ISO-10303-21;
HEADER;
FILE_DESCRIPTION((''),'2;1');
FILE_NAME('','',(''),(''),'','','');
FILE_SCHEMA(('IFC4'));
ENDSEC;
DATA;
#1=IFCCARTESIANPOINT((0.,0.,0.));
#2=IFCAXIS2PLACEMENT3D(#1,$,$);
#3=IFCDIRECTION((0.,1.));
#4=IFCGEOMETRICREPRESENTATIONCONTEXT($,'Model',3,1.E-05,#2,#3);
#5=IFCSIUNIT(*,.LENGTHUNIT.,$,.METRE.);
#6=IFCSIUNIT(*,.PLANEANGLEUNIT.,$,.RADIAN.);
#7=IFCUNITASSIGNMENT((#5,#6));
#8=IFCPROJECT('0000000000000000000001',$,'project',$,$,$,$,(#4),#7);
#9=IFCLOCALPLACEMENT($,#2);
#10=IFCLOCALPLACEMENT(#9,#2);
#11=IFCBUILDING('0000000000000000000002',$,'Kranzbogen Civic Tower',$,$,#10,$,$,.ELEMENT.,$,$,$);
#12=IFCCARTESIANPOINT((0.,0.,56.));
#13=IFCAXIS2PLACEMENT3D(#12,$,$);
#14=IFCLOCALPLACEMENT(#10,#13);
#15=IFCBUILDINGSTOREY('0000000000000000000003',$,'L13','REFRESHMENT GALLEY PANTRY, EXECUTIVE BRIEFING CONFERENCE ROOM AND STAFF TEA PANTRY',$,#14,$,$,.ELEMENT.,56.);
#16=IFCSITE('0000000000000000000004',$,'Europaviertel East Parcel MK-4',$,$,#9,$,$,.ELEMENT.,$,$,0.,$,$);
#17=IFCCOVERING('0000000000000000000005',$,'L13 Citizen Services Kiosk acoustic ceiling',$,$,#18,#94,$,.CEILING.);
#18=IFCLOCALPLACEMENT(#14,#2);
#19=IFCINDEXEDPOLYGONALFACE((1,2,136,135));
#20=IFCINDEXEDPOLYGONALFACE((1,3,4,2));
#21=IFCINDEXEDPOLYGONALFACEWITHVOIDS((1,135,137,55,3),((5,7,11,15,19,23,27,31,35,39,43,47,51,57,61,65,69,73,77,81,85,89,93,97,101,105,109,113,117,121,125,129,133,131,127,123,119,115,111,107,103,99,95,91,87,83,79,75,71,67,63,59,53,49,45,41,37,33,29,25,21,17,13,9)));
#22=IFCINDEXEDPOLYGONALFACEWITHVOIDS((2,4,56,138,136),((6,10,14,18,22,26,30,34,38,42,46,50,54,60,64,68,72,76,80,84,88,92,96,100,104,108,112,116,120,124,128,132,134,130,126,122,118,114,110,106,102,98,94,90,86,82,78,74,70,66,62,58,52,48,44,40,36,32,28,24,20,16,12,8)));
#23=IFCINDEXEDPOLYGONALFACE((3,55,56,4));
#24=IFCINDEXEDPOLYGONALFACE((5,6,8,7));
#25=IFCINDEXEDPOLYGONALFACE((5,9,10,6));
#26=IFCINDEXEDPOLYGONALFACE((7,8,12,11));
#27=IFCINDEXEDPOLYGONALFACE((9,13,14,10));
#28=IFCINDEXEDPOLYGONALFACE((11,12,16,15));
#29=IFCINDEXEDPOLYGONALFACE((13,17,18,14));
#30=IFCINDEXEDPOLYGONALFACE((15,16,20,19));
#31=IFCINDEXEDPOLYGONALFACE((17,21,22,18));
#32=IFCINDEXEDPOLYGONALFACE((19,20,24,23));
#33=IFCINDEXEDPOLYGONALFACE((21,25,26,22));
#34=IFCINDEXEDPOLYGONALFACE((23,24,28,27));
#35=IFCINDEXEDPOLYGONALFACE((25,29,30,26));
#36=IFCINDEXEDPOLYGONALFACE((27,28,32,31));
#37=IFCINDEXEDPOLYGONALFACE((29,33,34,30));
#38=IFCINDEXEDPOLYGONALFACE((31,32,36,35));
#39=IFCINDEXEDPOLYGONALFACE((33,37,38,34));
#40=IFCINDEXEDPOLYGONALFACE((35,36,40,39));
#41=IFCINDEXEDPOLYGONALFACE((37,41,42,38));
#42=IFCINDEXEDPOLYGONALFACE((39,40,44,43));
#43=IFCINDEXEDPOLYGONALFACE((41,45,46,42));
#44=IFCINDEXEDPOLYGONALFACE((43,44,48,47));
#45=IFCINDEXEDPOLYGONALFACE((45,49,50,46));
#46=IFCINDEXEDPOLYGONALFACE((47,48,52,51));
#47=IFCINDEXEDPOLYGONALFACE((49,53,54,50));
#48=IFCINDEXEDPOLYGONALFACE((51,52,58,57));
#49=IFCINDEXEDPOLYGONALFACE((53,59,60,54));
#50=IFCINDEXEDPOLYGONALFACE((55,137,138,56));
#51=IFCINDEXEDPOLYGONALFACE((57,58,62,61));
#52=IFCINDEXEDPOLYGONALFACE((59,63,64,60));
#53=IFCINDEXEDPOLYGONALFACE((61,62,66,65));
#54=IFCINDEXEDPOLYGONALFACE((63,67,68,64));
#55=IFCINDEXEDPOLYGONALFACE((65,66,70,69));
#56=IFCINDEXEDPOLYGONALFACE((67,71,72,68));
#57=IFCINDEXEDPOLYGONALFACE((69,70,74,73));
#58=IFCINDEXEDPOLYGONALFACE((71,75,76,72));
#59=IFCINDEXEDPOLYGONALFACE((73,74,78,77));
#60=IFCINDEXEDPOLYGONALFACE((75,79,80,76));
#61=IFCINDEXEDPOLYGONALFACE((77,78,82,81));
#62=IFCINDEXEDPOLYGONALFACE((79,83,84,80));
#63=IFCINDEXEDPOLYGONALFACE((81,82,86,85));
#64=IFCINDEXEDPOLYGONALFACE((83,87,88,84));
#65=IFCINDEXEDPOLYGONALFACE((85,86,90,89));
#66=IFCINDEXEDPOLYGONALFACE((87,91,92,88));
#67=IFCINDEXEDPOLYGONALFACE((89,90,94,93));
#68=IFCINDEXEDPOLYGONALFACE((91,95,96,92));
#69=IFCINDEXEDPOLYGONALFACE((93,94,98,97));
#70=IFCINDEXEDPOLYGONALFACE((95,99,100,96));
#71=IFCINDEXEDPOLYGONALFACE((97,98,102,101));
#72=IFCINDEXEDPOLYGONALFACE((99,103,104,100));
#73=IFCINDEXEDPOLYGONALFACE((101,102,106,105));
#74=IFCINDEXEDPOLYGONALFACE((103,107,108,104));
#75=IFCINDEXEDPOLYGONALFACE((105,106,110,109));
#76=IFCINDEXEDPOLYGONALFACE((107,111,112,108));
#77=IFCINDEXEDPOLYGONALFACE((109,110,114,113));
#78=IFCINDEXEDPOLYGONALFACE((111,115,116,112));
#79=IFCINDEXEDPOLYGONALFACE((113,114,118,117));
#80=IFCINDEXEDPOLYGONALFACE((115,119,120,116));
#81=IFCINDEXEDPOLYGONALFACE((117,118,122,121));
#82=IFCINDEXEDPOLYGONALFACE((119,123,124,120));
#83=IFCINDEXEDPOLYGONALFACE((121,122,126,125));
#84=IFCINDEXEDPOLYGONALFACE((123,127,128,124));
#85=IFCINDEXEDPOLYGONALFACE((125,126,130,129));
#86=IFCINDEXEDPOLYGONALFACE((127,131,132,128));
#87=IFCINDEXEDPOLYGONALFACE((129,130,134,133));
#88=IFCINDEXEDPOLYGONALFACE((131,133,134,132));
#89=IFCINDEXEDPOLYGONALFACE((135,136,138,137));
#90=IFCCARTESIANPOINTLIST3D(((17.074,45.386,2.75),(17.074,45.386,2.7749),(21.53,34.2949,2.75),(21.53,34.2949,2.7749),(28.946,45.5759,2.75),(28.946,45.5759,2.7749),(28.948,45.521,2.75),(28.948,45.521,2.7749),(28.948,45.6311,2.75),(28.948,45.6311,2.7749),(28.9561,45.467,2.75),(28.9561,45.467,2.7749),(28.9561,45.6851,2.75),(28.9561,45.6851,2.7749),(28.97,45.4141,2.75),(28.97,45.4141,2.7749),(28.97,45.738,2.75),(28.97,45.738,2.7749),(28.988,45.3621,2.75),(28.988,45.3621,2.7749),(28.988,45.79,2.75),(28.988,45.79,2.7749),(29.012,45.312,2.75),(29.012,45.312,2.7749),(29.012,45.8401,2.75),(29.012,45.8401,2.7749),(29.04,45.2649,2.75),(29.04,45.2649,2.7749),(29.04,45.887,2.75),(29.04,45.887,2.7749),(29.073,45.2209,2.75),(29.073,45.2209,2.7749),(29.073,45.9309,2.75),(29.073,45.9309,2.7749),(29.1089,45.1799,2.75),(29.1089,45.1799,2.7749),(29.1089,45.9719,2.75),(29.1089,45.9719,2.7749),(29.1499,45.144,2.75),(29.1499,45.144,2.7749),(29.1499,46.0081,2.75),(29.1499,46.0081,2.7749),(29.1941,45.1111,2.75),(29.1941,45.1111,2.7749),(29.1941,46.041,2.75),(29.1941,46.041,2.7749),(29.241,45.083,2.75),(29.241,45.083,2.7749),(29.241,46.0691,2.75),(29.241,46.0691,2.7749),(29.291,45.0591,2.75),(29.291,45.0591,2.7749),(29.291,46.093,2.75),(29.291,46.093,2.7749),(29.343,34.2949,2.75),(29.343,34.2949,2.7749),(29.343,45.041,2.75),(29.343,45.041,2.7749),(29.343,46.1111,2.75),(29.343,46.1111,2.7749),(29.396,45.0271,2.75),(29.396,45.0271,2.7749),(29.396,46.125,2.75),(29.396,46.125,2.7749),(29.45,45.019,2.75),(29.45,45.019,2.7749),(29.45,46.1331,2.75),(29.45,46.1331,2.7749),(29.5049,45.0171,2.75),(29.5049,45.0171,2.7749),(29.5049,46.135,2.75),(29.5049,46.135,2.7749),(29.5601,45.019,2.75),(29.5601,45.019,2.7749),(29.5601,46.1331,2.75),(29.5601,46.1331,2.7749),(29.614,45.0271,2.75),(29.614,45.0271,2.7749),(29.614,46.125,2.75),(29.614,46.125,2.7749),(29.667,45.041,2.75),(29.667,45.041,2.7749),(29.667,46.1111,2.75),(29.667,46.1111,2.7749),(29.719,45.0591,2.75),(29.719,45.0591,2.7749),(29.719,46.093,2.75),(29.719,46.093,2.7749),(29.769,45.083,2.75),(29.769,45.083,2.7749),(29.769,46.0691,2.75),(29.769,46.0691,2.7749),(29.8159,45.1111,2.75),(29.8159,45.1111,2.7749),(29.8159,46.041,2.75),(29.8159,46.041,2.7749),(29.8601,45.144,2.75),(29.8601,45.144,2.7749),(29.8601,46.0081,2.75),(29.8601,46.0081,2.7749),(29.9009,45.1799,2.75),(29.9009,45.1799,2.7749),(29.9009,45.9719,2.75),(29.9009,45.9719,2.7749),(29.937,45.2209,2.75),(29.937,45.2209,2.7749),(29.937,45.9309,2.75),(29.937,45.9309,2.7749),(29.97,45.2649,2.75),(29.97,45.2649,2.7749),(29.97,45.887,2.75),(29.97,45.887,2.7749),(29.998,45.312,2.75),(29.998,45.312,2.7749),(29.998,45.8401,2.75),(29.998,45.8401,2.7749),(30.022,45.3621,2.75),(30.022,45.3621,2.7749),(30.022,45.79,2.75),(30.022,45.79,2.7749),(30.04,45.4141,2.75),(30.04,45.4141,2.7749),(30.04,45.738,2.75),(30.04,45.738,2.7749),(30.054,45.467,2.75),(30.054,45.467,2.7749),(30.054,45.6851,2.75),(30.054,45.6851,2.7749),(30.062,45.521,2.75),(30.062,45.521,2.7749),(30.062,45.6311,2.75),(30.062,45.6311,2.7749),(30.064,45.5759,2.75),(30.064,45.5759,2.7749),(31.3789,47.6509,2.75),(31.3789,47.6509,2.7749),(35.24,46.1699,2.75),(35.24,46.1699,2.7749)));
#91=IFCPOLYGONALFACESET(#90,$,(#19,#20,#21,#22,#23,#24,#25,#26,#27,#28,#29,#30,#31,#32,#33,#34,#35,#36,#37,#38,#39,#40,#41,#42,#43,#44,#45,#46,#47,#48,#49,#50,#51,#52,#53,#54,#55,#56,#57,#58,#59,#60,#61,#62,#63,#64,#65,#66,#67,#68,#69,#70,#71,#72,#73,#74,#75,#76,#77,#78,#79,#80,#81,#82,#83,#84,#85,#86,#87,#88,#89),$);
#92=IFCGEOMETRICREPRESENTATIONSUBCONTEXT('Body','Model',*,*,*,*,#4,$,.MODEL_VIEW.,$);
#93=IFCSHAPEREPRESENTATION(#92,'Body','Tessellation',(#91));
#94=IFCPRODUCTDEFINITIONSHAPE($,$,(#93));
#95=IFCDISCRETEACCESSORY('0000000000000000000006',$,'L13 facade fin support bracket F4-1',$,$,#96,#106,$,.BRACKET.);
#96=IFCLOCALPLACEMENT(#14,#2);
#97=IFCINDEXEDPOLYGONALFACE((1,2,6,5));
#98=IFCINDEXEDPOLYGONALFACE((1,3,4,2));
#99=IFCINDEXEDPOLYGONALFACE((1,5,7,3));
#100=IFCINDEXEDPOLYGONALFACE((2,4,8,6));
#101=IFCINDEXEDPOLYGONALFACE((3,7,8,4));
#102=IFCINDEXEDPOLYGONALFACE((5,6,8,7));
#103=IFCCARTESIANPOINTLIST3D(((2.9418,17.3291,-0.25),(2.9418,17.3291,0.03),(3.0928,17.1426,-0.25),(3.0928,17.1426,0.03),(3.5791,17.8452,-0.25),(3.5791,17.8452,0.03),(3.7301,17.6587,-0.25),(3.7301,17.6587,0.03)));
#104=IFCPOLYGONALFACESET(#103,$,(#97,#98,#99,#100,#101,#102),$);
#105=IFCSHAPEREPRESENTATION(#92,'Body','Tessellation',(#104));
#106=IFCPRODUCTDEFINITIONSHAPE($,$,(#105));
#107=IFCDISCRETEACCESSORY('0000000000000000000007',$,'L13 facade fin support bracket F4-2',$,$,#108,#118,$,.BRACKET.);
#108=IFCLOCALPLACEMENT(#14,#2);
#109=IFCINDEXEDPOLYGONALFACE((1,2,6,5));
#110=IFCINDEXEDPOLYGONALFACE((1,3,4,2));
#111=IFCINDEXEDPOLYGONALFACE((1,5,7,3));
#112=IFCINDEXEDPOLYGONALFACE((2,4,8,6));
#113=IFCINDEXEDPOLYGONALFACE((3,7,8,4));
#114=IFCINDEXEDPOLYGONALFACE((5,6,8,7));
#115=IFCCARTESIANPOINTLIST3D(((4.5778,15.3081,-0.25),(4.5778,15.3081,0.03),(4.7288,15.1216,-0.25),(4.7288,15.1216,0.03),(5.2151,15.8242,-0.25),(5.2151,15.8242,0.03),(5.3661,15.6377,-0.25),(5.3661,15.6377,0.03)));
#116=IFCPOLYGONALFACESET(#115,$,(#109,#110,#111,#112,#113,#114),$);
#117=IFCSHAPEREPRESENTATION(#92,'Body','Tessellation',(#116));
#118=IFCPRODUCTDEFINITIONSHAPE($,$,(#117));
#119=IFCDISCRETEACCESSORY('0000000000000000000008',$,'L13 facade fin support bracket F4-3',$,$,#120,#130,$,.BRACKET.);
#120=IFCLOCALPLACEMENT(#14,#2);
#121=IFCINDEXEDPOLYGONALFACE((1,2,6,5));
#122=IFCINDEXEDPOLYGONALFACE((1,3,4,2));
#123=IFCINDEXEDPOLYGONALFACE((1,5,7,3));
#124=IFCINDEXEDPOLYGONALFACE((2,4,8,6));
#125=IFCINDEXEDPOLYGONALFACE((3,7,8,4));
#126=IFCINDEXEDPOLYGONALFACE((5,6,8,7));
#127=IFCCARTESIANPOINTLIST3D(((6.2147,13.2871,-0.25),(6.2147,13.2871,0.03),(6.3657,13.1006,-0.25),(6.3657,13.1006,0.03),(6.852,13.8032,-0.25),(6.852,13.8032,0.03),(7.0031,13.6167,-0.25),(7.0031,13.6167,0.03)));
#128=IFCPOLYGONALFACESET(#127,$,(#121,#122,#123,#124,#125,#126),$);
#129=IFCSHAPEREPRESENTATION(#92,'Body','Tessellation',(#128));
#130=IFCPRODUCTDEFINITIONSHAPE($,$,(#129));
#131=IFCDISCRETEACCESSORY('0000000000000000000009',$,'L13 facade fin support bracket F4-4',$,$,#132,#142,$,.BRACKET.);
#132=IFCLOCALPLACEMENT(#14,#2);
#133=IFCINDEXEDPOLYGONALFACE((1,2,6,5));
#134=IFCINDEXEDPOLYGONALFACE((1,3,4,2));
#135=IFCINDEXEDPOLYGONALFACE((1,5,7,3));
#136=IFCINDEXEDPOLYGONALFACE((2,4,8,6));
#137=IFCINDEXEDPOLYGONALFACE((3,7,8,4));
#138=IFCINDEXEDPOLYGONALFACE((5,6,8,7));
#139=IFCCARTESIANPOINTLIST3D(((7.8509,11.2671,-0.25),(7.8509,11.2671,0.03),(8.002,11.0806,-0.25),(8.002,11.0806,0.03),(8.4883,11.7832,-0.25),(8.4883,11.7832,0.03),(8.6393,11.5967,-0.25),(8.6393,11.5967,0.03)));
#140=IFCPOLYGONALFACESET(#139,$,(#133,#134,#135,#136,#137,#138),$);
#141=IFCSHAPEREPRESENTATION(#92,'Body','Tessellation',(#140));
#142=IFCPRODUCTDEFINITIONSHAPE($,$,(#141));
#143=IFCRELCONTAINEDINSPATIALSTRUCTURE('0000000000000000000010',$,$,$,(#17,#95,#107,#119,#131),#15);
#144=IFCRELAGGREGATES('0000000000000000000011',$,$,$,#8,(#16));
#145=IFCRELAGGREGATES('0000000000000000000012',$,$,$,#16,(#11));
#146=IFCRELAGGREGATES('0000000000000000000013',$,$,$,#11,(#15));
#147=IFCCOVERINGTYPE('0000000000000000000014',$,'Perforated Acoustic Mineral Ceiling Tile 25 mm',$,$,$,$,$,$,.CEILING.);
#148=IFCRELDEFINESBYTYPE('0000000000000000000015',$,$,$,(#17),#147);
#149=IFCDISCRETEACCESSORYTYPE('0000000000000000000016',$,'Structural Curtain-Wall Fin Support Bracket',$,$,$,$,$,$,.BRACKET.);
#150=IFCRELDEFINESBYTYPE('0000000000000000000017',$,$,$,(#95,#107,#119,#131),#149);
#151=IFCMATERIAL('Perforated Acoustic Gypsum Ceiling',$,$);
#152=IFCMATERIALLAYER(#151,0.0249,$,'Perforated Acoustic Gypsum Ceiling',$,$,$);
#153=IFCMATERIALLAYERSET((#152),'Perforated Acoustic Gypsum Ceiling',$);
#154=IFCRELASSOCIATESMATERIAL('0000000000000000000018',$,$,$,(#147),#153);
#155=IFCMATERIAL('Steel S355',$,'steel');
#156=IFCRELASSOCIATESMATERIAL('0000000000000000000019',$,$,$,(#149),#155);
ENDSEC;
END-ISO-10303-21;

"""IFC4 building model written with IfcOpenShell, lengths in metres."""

from ifc_helpers import new_model, si_unit, direction, frame, origin, origin_2d, place, context, subcontext, project, spatial, polyline, rectangle, outline, extrude, material, layer, layer_set, type_object, element, save


model = new_model("IFC4")

# Units and contexts
model_context = context("Model", 3, precision=1e-05, world=origin(), true_north=direction((0.0, 1.0)))
body_context = subcontext(model_context, "Body", "Model", "MODEL_VIEW")
ifc_project = project(units=[si_unit("LENGTHUNIT", "METRE"), si_unit("PLANEANGLEUNIT", "RADIAN")], contexts=[model_context])

# Site, building, storey
site_placement = place(None, origin())
site = spatial("IfcSite", under=ifc_project, at=site_placement, Name="Europaviertel East Parcel MK-4", CompositionType="ELEMENT", RefElevation=0.0)
building_placement = place(site_placement, origin())
building = spatial("IfcBuilding", under=site, at=building_placement, Name="Kranzbogen Civic Tower", CompositionType="ELEMENT")
storey_placement = place(building_placement, frame((0.0, 0.0, 56.0)))
storey = spatial("IfcBuildingStorey", under=building, at=storey_placement, Name="L13", Description="REFRESHMENT GALLEY PANTRY, EXECUTIVE BRIEFING CONFERENCE ROOM AND STAFF TEA PANTRY", CompositionType="ELEMENT", Elevation=56.0)

# Shared definitions
ifc_material_1 = material(Name="Steel S355", Category="steel")

# Covering
ifc_material_2 = material(Name="Perforated Acoustic Gypsum Ceiling")
ifc_layer_1 = layer(ifc_material_2, 0.0249, Name="Perforated Acoustic Gypsum Ceiling")
ifc_layer_set_1 = layer_set([ifc_layer_1], Name="Perforated Acoustic Gypsum Ceiling")
covering_type_1 = type_object("IfcCoveringType", Name="Perforated Acoustic Mineral Ceiling Tile 25 mm", PredefinedType="CEILING", material=ifc_layer_set_1)
covering_1_placement = place(storey_placement, frame((0.0, 0.0, 2.75)))
element("IfcCovering", 1, at=covering_1_placement, inside=storey, type_object=covering_type_1, Name="L13 Citizen Services Kiosk acoustic ceiling", PredefinedType="CEILING", context=body_context, shape_type="SweptSolid", body=[
    extrude(outline(polyline([(35.24, 46.1699), (29.343, 34.2949), (21.53, 34.2949), (17.074, 45.386), (31.3789, 47.6509), (35.24, 46.1699)]), holes=[polyline([(30.022, 45.3621), (29.998, 45.312), (29.97, 45.2649), (29.937, 45.2209), (29.9009, 45.1799), (29.8601, 45.144), (29.8159, 45.1111), (29.769, 45.083), (29.719, 45.0591), (29.667, 45.041), (29.614, 45.0271), (29.5601, 45.019), (29.5049, 45.0171), (29.45, 45.019), (29.396, 45.0271), (29.343, 45.041), (29.291, 45.0591), (29.241, 45.083), (29.1941, 45.1111), (29.1499, 45.144), (29.1089, 45.1799), (29.073, 45.2209), (29.04, 45.2649), (29.012, 45.312), (28.988, 45.3621), (28.97, 45.4141), (28.9561, 45.467), (28.948, 45.521), (28.946, 45.5759), (28.948, 45.6311), (28.9561, 45.6851), (28.97, 45.738), (28.988, 45.79), (29.012, 45.8401), (29.04, 45.887), (29.073, 45.9309), (29.1089, 45.9719), (29.1499, 46.0081), (29.1941, 46.041), (29.241, 46.0691), (29.291, 46.093), (29.343, 46.1111), (29.396, 46.125), (29.45, 46.1331), (29.5049, 46.135), (29.5601, 46.1331), (29.614, 46.125), (29.667, 46.1111), (29.719, 46.093), (29.769, 46.0691), (29.8159, 46.041), (29.8601, 46.0081), (29.9009, 45.9719), (29.937, 45.9309), (29.97, 45.887), (29.998, 45.8401), (30.022, 45.79), (30.04, 45.738), (30.054, 45.6851), (30.062, 45.6311), (30.064, 45.5759), (30.062, 45.521), (30.054, 45.467), (30.04, 45.4141), (30.022, 45.3621)])]), origin(), (0.0, 0.0, 1.0), 0.0249),
])

# Discrete accessories
discrete_accessory_type = type_object("IfcDiscreteAccessoryType", Name="Structural Curtain-Wall Fin Support Bracket", PredefinedType="BRACKET", material=ifc_material_1)
for number, where, z_axis, x_axis, name in (
    (2, (3.3359, 17.4939, -0.25), (0.0, 0.0, 1.0), (-0.777146, -0.62932, 0.0), "L13 facade fin support bracket F4-1"),
    (3, (4.9719, 15.4729, -0.25), (0.0, 0.0, 1.0), (-0.777146, -0.62932, 0.0), "L13 facade fin support bracket F4-2"),
    (4, (6.6089, 13.4519, -0.25), (0.0, 0.0, 1.0), (-0.777146, -0.62932, 0.0), "L13 facade fin support bracket F4-3"),
    (5, (8.2451, 11.4319, -0.25), (0.0, 0.0, 1.0), (-0.777146, -0.62932, 0.0), "L13 facade fin support bracket F4-4"),
):
    element("IfcDiscreteAccessory", number, at=place(storey_placement, frame(where, z_axis=z_axis, x_axis=x_axis)), inside=storey, type_object=discrete_accessory_type, Name=name, PredefinedType="BRACKET", context=body_context, shape_type="SweptSolid", body=[
        extrude(rectangle(XDim=0.8201, YDim=0.24, at=origin_2d()), origin(), (0.0, 0.0, 1.0), 0.28),
    ])

save(model, "model.ifc")
